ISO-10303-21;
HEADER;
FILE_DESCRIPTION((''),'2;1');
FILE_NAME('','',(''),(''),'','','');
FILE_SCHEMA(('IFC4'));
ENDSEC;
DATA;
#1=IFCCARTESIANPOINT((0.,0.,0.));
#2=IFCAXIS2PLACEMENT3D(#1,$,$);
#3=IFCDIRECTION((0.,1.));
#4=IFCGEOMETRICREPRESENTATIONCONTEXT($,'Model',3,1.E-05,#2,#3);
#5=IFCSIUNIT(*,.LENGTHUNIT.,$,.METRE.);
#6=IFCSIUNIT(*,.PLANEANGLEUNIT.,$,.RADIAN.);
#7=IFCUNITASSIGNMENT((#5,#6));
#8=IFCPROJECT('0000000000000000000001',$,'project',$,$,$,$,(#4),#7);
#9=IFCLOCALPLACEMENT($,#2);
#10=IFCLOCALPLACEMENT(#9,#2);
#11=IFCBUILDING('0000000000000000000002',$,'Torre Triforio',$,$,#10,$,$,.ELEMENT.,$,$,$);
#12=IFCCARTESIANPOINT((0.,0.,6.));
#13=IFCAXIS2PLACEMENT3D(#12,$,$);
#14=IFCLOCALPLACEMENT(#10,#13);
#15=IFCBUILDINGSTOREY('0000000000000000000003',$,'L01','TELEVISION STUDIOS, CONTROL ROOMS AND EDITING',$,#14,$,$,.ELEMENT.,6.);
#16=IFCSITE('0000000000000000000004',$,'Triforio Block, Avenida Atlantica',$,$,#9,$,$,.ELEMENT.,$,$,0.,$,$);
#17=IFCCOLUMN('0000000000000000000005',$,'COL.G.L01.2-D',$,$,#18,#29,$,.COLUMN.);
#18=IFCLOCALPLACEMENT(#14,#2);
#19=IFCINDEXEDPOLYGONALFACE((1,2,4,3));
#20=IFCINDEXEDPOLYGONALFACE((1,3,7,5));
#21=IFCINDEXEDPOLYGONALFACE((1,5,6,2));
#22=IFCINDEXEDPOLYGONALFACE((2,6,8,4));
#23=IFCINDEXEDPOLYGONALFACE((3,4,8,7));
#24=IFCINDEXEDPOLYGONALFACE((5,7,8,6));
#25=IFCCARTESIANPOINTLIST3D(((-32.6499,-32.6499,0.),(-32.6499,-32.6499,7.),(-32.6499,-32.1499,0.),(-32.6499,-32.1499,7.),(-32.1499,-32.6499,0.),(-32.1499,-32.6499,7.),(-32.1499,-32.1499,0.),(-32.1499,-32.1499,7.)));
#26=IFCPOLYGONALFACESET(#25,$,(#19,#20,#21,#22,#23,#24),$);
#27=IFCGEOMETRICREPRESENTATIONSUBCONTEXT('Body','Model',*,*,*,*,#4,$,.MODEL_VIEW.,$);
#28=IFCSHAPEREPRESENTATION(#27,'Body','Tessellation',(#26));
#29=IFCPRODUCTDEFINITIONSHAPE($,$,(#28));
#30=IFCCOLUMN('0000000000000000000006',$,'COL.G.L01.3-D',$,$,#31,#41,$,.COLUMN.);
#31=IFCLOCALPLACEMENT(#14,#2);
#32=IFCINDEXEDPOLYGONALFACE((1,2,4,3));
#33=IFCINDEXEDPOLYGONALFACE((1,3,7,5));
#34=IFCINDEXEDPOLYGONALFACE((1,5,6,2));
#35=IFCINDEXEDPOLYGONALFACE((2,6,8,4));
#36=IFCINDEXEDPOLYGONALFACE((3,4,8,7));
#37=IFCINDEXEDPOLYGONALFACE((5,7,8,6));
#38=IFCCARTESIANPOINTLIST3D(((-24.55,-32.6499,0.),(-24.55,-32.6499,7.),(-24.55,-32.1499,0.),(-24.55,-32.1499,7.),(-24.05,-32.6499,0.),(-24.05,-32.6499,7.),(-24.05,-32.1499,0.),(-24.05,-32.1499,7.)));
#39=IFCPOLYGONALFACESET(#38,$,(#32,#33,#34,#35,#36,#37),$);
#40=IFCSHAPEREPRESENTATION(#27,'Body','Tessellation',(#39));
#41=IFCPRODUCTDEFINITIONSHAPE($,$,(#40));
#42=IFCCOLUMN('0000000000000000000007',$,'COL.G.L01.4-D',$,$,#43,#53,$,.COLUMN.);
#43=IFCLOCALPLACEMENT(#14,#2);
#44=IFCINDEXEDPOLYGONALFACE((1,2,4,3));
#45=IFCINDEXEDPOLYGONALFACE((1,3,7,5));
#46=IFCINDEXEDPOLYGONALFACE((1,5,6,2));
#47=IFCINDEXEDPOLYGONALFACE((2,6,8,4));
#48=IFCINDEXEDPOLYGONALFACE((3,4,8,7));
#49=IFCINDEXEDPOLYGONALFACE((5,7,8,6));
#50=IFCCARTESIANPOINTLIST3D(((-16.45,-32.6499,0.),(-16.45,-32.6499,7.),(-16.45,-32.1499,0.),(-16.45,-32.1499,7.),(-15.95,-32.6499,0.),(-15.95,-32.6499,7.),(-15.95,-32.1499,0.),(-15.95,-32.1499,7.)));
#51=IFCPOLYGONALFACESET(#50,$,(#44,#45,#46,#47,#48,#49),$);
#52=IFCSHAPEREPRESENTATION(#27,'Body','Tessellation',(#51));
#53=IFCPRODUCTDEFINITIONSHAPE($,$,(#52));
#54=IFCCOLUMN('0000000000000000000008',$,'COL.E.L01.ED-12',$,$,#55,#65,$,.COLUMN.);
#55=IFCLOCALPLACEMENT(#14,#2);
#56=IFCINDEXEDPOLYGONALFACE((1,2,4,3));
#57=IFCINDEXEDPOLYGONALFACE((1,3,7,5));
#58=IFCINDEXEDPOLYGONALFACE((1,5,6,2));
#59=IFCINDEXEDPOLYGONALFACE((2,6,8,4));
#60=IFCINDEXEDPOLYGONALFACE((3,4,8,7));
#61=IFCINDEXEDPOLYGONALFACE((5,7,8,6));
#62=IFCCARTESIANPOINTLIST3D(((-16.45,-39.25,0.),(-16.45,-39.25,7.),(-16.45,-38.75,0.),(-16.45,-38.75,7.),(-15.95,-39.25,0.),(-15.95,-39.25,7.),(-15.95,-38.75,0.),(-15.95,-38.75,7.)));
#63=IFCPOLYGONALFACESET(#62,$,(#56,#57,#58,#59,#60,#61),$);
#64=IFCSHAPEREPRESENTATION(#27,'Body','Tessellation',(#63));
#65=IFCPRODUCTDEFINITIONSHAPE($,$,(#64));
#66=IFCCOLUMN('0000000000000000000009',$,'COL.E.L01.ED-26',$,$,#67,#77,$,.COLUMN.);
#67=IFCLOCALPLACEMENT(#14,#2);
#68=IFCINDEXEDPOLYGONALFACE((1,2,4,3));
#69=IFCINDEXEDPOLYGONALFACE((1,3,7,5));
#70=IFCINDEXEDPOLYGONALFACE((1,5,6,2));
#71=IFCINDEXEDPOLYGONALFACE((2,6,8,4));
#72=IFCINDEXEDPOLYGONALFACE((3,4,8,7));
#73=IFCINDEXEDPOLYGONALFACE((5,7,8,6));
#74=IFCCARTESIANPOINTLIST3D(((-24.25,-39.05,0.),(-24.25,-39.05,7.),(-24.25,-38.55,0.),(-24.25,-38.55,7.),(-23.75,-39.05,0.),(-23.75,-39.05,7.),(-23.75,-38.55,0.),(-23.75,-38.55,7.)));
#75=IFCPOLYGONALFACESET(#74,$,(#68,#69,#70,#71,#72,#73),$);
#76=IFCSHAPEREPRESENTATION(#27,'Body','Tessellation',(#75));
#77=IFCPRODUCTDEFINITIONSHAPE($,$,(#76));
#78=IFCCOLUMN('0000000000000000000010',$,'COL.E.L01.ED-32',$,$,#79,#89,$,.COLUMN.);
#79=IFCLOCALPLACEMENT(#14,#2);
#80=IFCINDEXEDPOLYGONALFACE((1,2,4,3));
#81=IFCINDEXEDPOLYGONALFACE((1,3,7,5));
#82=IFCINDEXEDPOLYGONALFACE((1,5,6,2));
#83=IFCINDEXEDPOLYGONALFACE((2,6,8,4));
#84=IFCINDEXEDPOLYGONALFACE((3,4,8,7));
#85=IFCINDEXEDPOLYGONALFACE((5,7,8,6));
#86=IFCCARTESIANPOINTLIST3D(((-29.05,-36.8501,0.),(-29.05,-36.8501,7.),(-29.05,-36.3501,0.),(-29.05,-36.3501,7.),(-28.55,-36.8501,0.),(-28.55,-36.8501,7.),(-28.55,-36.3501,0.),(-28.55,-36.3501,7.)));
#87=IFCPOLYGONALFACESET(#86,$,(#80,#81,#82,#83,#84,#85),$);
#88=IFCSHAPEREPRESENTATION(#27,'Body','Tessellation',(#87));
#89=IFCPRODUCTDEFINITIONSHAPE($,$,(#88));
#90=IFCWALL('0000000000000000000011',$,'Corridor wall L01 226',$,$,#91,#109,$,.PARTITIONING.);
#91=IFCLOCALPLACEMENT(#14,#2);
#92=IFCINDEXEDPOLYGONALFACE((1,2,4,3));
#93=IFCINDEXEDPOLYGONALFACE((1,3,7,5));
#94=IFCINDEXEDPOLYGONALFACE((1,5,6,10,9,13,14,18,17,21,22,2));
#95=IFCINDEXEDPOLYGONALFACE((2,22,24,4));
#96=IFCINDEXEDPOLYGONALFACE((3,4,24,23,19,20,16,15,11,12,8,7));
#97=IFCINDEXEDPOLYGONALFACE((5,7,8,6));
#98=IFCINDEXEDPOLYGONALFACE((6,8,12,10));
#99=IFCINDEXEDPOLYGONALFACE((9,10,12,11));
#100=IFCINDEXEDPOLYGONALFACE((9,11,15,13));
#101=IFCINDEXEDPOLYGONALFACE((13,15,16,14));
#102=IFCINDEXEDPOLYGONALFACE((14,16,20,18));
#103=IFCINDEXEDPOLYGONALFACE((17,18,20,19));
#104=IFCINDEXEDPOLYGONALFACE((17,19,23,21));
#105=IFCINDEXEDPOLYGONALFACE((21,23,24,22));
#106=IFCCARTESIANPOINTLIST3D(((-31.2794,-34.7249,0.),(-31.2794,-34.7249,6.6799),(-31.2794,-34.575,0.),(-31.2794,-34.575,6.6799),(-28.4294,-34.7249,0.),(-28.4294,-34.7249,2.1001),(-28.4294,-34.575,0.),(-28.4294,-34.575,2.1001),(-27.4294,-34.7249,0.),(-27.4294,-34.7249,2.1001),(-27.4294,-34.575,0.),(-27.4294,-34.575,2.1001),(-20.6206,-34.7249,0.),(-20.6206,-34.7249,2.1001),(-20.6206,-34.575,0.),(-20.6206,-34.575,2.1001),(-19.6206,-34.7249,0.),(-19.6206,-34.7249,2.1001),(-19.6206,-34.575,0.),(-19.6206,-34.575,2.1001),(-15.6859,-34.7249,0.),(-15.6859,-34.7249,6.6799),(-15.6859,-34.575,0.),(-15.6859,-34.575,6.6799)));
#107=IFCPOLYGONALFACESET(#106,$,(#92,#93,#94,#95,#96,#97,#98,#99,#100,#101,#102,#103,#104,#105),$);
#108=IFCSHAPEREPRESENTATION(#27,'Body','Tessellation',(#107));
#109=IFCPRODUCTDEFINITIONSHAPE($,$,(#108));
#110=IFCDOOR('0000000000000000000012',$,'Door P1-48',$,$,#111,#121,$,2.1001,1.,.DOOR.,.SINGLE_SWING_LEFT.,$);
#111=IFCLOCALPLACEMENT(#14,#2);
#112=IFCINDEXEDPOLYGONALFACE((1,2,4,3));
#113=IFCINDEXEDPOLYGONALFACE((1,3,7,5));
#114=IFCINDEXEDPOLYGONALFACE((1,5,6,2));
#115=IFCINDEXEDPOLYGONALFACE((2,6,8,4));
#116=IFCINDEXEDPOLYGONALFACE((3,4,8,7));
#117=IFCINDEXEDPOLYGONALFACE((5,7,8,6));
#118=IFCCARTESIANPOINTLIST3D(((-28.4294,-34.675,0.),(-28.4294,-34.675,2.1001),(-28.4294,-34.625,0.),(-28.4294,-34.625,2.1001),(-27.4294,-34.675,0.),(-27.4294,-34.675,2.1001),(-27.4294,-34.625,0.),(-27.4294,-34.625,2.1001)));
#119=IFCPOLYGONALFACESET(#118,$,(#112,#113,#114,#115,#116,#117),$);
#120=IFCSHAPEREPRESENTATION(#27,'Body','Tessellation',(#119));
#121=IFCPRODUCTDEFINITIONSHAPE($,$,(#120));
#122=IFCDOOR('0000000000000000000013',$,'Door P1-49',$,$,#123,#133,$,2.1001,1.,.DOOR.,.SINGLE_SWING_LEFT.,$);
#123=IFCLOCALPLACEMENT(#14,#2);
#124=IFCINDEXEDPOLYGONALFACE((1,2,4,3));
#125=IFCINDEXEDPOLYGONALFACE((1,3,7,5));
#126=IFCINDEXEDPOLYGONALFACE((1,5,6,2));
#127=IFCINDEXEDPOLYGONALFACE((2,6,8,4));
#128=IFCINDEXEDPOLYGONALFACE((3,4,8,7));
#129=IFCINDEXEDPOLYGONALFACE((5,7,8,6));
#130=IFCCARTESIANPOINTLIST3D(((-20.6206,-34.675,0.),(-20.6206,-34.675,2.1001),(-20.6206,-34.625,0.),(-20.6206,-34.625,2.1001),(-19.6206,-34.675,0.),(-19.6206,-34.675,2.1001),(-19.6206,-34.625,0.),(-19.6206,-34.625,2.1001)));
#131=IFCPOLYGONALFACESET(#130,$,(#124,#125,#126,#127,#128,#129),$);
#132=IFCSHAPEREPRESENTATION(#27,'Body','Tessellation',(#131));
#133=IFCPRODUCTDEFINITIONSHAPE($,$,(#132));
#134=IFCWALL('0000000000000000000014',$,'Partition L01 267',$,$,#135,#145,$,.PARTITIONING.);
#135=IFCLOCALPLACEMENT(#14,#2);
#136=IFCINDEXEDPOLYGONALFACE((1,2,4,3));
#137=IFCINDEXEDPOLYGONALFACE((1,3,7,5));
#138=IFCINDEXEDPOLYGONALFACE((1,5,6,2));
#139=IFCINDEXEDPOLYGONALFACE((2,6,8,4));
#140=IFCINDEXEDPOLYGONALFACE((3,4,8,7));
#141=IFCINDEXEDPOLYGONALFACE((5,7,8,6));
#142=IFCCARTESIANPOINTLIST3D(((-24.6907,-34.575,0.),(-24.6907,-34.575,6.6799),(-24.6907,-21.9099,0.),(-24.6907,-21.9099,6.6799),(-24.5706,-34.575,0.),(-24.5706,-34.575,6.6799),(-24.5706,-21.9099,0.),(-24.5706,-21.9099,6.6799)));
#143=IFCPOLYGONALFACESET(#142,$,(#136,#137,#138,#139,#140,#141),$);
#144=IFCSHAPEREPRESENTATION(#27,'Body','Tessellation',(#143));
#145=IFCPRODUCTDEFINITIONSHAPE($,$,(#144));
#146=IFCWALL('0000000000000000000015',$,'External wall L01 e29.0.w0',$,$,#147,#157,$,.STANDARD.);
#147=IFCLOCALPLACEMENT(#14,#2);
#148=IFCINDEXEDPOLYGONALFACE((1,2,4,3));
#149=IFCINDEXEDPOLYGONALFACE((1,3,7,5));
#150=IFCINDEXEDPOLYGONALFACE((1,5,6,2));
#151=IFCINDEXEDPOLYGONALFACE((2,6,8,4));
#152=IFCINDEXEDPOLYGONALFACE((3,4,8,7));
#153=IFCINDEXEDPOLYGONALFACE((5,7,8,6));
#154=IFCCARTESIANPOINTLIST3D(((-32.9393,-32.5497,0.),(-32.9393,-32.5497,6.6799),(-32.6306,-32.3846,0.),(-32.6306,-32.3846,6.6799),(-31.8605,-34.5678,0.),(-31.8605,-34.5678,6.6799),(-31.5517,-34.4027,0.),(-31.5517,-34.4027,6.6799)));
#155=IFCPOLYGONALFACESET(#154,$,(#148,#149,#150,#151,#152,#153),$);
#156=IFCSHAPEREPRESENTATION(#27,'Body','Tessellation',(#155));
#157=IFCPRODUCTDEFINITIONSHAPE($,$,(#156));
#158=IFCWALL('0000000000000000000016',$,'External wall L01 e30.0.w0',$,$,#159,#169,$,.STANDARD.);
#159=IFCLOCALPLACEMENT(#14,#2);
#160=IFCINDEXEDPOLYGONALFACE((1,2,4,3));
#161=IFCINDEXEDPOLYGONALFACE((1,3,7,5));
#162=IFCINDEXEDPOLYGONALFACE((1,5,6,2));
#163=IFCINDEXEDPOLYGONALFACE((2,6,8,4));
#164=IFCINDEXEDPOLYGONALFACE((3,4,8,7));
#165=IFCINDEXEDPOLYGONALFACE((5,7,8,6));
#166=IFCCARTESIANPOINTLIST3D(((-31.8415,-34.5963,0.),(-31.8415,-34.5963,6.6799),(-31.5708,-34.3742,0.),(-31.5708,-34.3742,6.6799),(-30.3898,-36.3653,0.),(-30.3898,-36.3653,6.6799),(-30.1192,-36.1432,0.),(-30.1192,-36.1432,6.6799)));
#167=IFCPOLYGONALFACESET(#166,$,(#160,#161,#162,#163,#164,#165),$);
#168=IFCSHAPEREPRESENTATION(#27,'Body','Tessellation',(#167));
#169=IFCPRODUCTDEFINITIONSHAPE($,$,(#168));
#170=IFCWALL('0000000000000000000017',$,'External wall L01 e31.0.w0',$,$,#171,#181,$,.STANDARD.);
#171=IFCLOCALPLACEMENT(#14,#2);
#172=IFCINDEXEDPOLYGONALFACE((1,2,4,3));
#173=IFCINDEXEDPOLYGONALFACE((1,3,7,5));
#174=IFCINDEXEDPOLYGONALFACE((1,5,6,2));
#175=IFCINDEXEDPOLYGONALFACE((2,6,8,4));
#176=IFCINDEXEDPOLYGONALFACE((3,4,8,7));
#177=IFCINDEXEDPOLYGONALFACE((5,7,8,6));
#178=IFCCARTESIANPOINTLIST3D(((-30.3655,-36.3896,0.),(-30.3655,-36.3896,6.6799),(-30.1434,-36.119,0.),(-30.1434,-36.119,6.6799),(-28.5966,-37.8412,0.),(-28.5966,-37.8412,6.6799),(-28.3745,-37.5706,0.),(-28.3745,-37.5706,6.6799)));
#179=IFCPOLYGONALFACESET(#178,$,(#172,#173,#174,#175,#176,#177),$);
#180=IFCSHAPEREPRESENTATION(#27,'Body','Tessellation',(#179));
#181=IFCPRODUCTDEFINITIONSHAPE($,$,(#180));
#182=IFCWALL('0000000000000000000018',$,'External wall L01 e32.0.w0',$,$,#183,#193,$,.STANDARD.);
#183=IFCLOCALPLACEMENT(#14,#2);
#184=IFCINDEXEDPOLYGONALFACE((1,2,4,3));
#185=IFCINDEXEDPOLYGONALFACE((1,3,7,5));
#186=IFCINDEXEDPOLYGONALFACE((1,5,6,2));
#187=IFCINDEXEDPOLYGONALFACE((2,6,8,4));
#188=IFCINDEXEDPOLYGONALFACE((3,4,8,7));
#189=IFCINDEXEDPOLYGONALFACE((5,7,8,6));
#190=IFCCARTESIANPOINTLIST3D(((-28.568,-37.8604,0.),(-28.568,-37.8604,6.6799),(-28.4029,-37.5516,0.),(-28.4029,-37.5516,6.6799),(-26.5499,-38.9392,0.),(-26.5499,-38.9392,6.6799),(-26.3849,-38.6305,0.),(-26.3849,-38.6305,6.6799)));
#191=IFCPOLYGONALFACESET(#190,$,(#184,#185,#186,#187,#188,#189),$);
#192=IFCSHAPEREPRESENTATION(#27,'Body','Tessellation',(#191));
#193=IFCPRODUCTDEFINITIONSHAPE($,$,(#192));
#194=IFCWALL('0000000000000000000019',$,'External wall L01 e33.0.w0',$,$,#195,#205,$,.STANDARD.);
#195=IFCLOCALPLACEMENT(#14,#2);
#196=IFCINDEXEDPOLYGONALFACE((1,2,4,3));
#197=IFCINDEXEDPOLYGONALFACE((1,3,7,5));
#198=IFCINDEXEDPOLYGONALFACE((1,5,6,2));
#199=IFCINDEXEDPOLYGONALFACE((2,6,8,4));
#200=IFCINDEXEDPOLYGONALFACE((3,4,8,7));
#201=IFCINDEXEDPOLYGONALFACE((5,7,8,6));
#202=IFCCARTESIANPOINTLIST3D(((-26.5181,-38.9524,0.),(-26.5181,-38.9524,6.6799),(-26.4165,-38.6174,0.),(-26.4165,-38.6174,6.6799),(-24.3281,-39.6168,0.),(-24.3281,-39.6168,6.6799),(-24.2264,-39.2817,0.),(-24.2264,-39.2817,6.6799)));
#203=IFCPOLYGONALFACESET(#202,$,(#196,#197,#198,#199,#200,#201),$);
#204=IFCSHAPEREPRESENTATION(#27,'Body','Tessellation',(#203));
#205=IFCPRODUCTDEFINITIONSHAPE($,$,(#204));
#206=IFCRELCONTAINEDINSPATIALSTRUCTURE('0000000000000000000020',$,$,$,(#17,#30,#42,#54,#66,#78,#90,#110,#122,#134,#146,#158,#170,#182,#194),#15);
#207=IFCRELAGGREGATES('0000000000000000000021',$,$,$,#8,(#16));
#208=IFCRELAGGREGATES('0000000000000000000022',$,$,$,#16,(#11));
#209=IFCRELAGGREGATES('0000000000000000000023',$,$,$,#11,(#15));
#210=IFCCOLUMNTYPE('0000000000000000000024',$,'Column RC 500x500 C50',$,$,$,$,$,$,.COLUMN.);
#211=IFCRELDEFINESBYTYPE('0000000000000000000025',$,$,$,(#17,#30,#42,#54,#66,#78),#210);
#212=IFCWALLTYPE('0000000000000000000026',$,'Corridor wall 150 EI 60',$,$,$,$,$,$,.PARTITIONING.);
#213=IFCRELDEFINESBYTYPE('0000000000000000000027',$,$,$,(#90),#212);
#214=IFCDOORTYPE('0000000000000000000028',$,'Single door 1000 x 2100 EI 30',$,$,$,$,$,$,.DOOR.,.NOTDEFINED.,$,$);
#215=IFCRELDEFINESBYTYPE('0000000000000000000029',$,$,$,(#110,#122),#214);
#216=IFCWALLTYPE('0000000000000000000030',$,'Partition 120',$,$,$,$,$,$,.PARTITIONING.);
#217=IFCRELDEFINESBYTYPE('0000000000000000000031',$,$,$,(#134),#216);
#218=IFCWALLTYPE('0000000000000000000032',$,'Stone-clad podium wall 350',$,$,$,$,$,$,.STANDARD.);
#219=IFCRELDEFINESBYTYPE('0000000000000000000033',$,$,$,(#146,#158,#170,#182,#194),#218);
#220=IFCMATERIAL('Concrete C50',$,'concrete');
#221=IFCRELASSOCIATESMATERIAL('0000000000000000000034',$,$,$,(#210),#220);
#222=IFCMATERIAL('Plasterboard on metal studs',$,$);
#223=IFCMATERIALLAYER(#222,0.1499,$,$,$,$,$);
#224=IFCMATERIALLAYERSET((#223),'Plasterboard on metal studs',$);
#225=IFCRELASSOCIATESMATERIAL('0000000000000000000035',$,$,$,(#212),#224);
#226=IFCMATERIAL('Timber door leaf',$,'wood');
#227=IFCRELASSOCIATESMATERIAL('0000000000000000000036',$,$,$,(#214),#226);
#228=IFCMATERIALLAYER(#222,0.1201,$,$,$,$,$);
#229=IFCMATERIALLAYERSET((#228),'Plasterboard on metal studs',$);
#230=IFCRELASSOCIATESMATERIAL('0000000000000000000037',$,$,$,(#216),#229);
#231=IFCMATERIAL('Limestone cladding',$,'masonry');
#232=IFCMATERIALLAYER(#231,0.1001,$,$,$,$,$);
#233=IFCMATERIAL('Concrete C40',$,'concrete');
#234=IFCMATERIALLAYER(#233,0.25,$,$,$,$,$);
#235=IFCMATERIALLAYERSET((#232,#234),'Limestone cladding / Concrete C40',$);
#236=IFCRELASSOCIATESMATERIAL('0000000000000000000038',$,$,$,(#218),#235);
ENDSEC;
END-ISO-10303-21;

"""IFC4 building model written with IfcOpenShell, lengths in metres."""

from ifc_helpers import new_model, si_unit, direction, frame, frame_2d, origin, origin_2d, place, context, subcontext, project, spatial, rectangle, extrude, material, layer, layer_set, material_profile, profile_set, type_object, element, fill, save


model = new_model("IFC4")

# Units and contexts
model_context = context("Model", 3, precision=1e-05, world=origin(), true_north=direction((0.0, 1.0)))
body_context = subcontext(model_context, "Body", "Model", "MODEL_VIEW")
ifc_project = project(units=[si_unit("LENGTHUNIT", "METRE"), si_unit("PLANEANGLEUNIT", "RADIAN")], contexts=[model_context])

# Site, building, storey
site_placement = place(None, origin())
site = spatial("IfcSite", under=ifc_project, at=site_placement, Name="Triforio Block, Avenida Atlantica", CompositionType="ELEMENT", RefElevation=0.0)
building_placement = place(site_placement, origin())
building = spatial("IfcBuilding", under=site, at=building_placement, Name="Torre Triforio", CompositionType="ELEMENT")
storey_placement = place(building_placement, frame((0.0, 0.0, 6.0)))
storey = spatial("IfcBuildingStorey", under=building, at=storey_placement, Name="L01", Description="TELEVISION STUDIOS, CONTROL ROOMS AND EDITING", CompositionType="ELEMENT", Elevation=6.0)

# Columns
ifc_material_1 = material(Name="Concrete C50", Category="concrete")
ifc_material_profile = material_profile(ifc_material_1, rectangle(XDim=0.5, YDim=0.5, at=origin_2d()), Name="RC 500x500")
ifc_profile_set = profile_set([ifc_material_profile], Name="Concrete C50")
column_type = type_object("IfcColumnType", Name="Column RC 500x500 C50", PredefinedType="COLUMN", material=ifc_profile_set)
for number, where, z_axis, x_axis, name in (
    (1, (-32.3999, -32.3999, 0.0), (0.0, 0.0, 1.0), (1.0, 0.0, 0.0), "COL.G.L01.2-D"),
    (2, (-24.3, -32.3999, 0.0), (0.0, 0.0, 1.0), (1.0, 0.0, 0.0), "COL.G.L01.3-D"),
    (3, (-16.2, -32.3999, 0.0), (0.0, 0.0, 1.0), (1.0, 0.0, 0.0), "COL.G.L01.4-D"),
    (4, (-16.2, -39.0, 0.0), (0.0, 0.0, 1.0), (1.0, 0.0, 0.0), "COL.E.L01.ED-12"),
    (5, (-24.0, -38.8, 0.0), (0.0, 0.0, 1.0), (1.0, 0.0, 0.0), "COL.E.L01.ED-26"),
    (6, (-28.8, -36.6001, 0.0), (0.0, 0.0, 1.0), (1.0, 0.0, 0.0), "COL.E.L01.ED-32"),
):
    element("IfcColumn", number, at=place(storey_placement, frame(where, z_axis=z_axis, x_axis=x_axis)), inside=storey, type_object=column_type, Name=name, PredefinedType="COLUMN", context=body_context, shape_type="SweptSolid", body=[
        extrude(rectangle(XDim=0.5, YDim=0.5, at=origin_2d()), origin(), (0.0, 0.0, 1.0), 7.0),
    ])

# Wall, openings, doors
ifc_material_2 = material(Name="Plasterboard on metal studs")
ifc_layer_1 = layer(ifc_material_2, 0.1499)
ifc_layer_set_1 = layer_set([ifc_layer_1], Name="Plasterboard on metal studs")
wall_type_1 = type_object("IfcWallType", Name="Corridor wall 150 EI 60", PredefinedType="PARTITIONING", material=ifc_layer_set_1)
wall_1_placement = place(storey_placement, frame((-31.2795, -34.6499, 0.0), z_axis=(0.0, 0.0, 1.0), x_axis=(1.0, 0.0, 0.0)))
wall_1 = element("IfcWall", 7, at=wall_1_placement, inside=storey, type_object=wall_type_1, Name="Corridor wall L01 226", PredefinedType="PARTITIONING", context=body_context, shape_type="SweptSolid", body=[
    extrude(rectangle(XDim=15.5935, YDim=0.1499, at=frame_2d((7.7969, 0.0))), origin(), (0.0, 0.0, 1.0), 6.6799),
])
opening_1_placement = place(wall_1_placement, frame((2.8501, 0.0, 0.0)))
opening_1 = element("IfcOpeningElement", 8, at=opening_1_placement, cuts=wall_1, PredefinedType="OPENING", context=body_context, shape_type="SweptSolid", body=[
    extrude(rectangle(XDim=1.0, YDim=2.1001, at=frame_2d((0.5, 1.05))), frame((0.0, 0.085, 0.0), z_axis=(0.0, -1.0, 0.0), x_axis=(1.0, 0.0, 0.0)), (0.0, 0.0, 1.0), 0.1699),
])
opening_2_placement = place(wall_1_placement, frame((10.6589, 0.0, 0.0)))
opening_2 = element("IfcOpeningElement", 9, at=opening_2_placement, cuts=wall_1, PredefinedType="OPENING", context=body_context, shape_type="SweptSolid", body=[
    extrude(rectangle(XDim=1.0, YDim=2.1001, at=frame_2d((0.5, 1.05))), frame((0.0, 0.085, 0.0), z_axis=(0.0, -1.0, 0.0), x_axis=(1.0, 0.0, 0.0)), (0.0, 0.0, 1.0), 0.1699),
])
ifc_material_3 = material(Name="Timber door leaf", Category="wood")
door_type = type_object("IfcDoorType", Name="Single door 1000 x 2100 EI 30", OperationType="NOTDEFINED", PredefinedType="DOOR", material=ifc_material_3)
door_1_placement = place(opening_1_placement, origin())
door_1 = element("IfcDoor", 10, at=door_1_placement, inside=storey, type_object=door_type, Name="Door P1-48", OperationType="SINGLE_SWING_LEFT", OverallHeight=2.1001, OverallWidth=1.0, PredefinedType="DOOR", context=body_context, shape_type="SweptSolid", body=[
    extrude(rectangle(XDim=1.0, YDim=2.1001, at=frame_2d((0.5, 1.05))), frame((0.0, 0.0249, 0.0), z_axis=(0.0, -1.0, 0.0), x_axis=(1.0, 0.0, 0.0)), (0.0, 0.0, 1.0), 0.05),
])
fill(opening_1, door_1)
door_2_placement = place(opening_2_placement, origin())
door_2 = element("IfcDoor", 11, at=door_2_placement, inside=storey, type_object=door_type, Name="Door P1-49", OperationType="SINGLE_SWING_LEFT", OverallHeight=2.1001, OverallWidth=1.0, PredefinedType="DOOR", context=body_context, shape_type="SweptSolid", body=[
    extrude(rectangle(XDim=1.0, YDim=2.1001, at=frame_2d((0.5, 1.05))), frame((0.0, 0.0249, 0.0), z_axis=(0.0, -1.0, 0.0), x_axis=(1.0, 0.0, 0.0)), (0.0, 0.0, 1.0), 0.05),
])
fill(opening_2, door_2)

# Walls
ifc_layer_2 = layer(ifc_material_2, 0.1201)
ifc_layer_set_2 = layer_set([ifc_layer_2], Name="Plasterboard on metal studs")
wall_type_2 = type_object("IfcWallType", Name="Partition 120", PredefinedType="PARTITIONING", material=ifc_layer_set_2)
wall_2_placement = place(storey_placement, frame((-24.6306, -34.575, 0.0), z_axis=(0.0, 0.0, 1.0), x_axis=(0.0, 1.0, 0.0)))
element("IfcWall", 12, at=wall_2_placement, inside=storey, type_object=wall_type_2, Name="Partition L01 267", PredefinedType="PARTITIONING", context=body_context, shape_type="SweptSolid", body=[
    extrude(rectangle(XDim=12.665, YDim=0.1201, at=frame_2d((6.3325, 0.0))), origin(), (0.0, 0.0, 1.0), 6.6799),
])
ifc_material_4 = material(Name="Limestone cladding", Category="masonry")
ifc_layer_3 = layer(ifc_material_4, 0.1001)
ifc_material_5 = material(Name="Concrete C40", Category="concrete")
ifc_layer_4 = layer(ifc_material_5, 0.25)
ifc_layer_set_3 = layer_set([ifc_layer_3, ifc_layer_4], Name="Limestone cladding / Concrete C40")
wall_type_3 = type_object("IfcWallType", Name="Stone-clad podium wall 350", PredefinedType="STANDARD", material=ifc_layer_set_3)
for number, where, z_axis, x_axis, name in (
    (13, (-32.7849, -32.4673, 0.0), (0.0, 0.0, 1.0), (0.471457, -0.881889, 0.0), "External wall L01 e29.0.w0"),
    (14, (-31.7061, -34.4854, 0.0), (0.0, 0.0, 1.0), (0.634353, -0.773044, 0.0), "External wall L01 e30.0.w0"),
    (15, (-30.2544, -36.2544, 0.0), (0.0, 0.0, 1.0), (0.773044, -0.634353, 0.0), "External wall L01 e31.0.w0"),
    (16, (-28.4854, -37.7061, 0.0), (0.0, 0.0, 1.0), (0.881889, -0.471457, 0.0), "External wall L01 e32.0.w0"),
):
    element("IfcWall", number, at=place(storey_placement, frame(where, z_axis=z_axis, x_axis=x_axis)), inside=storey, type_object=wall_type_3, Name=name, PredefinedType="STANDARD", context=body_context, shape_type="SweptSolid", body=[
        extrude(rectangle(XDim=2.2883, YDim=0.3501, at=frame_2d((1.144, 0.0))), origin(), (0.0, 0.0, 1.0), 6.6799),
    ])
wall_3_placement = place(storey_placement, frame((-26.4673, -38.7849, 0.0), z_axis=(0.0, 0.0, 1.0), x_axis=(0.956941, -0.290283, 0.0)))
element("IfcWall", 17, at=wall_3_placement, inside=storey, type_object=wall_type_3, Name="External wall L01 e33.0.w0", PredefinedType="STANDARD", context=body_context, shape_type="SweptSolid", body=[
    extrude(rectangle(XDim=2.2886, YDim=0.3501, at=frame_2d((1.1443, 0.0))), origin(), (0.0, 0.0, 1.0), 6.6799),
])

save(model, "model.ifc")
